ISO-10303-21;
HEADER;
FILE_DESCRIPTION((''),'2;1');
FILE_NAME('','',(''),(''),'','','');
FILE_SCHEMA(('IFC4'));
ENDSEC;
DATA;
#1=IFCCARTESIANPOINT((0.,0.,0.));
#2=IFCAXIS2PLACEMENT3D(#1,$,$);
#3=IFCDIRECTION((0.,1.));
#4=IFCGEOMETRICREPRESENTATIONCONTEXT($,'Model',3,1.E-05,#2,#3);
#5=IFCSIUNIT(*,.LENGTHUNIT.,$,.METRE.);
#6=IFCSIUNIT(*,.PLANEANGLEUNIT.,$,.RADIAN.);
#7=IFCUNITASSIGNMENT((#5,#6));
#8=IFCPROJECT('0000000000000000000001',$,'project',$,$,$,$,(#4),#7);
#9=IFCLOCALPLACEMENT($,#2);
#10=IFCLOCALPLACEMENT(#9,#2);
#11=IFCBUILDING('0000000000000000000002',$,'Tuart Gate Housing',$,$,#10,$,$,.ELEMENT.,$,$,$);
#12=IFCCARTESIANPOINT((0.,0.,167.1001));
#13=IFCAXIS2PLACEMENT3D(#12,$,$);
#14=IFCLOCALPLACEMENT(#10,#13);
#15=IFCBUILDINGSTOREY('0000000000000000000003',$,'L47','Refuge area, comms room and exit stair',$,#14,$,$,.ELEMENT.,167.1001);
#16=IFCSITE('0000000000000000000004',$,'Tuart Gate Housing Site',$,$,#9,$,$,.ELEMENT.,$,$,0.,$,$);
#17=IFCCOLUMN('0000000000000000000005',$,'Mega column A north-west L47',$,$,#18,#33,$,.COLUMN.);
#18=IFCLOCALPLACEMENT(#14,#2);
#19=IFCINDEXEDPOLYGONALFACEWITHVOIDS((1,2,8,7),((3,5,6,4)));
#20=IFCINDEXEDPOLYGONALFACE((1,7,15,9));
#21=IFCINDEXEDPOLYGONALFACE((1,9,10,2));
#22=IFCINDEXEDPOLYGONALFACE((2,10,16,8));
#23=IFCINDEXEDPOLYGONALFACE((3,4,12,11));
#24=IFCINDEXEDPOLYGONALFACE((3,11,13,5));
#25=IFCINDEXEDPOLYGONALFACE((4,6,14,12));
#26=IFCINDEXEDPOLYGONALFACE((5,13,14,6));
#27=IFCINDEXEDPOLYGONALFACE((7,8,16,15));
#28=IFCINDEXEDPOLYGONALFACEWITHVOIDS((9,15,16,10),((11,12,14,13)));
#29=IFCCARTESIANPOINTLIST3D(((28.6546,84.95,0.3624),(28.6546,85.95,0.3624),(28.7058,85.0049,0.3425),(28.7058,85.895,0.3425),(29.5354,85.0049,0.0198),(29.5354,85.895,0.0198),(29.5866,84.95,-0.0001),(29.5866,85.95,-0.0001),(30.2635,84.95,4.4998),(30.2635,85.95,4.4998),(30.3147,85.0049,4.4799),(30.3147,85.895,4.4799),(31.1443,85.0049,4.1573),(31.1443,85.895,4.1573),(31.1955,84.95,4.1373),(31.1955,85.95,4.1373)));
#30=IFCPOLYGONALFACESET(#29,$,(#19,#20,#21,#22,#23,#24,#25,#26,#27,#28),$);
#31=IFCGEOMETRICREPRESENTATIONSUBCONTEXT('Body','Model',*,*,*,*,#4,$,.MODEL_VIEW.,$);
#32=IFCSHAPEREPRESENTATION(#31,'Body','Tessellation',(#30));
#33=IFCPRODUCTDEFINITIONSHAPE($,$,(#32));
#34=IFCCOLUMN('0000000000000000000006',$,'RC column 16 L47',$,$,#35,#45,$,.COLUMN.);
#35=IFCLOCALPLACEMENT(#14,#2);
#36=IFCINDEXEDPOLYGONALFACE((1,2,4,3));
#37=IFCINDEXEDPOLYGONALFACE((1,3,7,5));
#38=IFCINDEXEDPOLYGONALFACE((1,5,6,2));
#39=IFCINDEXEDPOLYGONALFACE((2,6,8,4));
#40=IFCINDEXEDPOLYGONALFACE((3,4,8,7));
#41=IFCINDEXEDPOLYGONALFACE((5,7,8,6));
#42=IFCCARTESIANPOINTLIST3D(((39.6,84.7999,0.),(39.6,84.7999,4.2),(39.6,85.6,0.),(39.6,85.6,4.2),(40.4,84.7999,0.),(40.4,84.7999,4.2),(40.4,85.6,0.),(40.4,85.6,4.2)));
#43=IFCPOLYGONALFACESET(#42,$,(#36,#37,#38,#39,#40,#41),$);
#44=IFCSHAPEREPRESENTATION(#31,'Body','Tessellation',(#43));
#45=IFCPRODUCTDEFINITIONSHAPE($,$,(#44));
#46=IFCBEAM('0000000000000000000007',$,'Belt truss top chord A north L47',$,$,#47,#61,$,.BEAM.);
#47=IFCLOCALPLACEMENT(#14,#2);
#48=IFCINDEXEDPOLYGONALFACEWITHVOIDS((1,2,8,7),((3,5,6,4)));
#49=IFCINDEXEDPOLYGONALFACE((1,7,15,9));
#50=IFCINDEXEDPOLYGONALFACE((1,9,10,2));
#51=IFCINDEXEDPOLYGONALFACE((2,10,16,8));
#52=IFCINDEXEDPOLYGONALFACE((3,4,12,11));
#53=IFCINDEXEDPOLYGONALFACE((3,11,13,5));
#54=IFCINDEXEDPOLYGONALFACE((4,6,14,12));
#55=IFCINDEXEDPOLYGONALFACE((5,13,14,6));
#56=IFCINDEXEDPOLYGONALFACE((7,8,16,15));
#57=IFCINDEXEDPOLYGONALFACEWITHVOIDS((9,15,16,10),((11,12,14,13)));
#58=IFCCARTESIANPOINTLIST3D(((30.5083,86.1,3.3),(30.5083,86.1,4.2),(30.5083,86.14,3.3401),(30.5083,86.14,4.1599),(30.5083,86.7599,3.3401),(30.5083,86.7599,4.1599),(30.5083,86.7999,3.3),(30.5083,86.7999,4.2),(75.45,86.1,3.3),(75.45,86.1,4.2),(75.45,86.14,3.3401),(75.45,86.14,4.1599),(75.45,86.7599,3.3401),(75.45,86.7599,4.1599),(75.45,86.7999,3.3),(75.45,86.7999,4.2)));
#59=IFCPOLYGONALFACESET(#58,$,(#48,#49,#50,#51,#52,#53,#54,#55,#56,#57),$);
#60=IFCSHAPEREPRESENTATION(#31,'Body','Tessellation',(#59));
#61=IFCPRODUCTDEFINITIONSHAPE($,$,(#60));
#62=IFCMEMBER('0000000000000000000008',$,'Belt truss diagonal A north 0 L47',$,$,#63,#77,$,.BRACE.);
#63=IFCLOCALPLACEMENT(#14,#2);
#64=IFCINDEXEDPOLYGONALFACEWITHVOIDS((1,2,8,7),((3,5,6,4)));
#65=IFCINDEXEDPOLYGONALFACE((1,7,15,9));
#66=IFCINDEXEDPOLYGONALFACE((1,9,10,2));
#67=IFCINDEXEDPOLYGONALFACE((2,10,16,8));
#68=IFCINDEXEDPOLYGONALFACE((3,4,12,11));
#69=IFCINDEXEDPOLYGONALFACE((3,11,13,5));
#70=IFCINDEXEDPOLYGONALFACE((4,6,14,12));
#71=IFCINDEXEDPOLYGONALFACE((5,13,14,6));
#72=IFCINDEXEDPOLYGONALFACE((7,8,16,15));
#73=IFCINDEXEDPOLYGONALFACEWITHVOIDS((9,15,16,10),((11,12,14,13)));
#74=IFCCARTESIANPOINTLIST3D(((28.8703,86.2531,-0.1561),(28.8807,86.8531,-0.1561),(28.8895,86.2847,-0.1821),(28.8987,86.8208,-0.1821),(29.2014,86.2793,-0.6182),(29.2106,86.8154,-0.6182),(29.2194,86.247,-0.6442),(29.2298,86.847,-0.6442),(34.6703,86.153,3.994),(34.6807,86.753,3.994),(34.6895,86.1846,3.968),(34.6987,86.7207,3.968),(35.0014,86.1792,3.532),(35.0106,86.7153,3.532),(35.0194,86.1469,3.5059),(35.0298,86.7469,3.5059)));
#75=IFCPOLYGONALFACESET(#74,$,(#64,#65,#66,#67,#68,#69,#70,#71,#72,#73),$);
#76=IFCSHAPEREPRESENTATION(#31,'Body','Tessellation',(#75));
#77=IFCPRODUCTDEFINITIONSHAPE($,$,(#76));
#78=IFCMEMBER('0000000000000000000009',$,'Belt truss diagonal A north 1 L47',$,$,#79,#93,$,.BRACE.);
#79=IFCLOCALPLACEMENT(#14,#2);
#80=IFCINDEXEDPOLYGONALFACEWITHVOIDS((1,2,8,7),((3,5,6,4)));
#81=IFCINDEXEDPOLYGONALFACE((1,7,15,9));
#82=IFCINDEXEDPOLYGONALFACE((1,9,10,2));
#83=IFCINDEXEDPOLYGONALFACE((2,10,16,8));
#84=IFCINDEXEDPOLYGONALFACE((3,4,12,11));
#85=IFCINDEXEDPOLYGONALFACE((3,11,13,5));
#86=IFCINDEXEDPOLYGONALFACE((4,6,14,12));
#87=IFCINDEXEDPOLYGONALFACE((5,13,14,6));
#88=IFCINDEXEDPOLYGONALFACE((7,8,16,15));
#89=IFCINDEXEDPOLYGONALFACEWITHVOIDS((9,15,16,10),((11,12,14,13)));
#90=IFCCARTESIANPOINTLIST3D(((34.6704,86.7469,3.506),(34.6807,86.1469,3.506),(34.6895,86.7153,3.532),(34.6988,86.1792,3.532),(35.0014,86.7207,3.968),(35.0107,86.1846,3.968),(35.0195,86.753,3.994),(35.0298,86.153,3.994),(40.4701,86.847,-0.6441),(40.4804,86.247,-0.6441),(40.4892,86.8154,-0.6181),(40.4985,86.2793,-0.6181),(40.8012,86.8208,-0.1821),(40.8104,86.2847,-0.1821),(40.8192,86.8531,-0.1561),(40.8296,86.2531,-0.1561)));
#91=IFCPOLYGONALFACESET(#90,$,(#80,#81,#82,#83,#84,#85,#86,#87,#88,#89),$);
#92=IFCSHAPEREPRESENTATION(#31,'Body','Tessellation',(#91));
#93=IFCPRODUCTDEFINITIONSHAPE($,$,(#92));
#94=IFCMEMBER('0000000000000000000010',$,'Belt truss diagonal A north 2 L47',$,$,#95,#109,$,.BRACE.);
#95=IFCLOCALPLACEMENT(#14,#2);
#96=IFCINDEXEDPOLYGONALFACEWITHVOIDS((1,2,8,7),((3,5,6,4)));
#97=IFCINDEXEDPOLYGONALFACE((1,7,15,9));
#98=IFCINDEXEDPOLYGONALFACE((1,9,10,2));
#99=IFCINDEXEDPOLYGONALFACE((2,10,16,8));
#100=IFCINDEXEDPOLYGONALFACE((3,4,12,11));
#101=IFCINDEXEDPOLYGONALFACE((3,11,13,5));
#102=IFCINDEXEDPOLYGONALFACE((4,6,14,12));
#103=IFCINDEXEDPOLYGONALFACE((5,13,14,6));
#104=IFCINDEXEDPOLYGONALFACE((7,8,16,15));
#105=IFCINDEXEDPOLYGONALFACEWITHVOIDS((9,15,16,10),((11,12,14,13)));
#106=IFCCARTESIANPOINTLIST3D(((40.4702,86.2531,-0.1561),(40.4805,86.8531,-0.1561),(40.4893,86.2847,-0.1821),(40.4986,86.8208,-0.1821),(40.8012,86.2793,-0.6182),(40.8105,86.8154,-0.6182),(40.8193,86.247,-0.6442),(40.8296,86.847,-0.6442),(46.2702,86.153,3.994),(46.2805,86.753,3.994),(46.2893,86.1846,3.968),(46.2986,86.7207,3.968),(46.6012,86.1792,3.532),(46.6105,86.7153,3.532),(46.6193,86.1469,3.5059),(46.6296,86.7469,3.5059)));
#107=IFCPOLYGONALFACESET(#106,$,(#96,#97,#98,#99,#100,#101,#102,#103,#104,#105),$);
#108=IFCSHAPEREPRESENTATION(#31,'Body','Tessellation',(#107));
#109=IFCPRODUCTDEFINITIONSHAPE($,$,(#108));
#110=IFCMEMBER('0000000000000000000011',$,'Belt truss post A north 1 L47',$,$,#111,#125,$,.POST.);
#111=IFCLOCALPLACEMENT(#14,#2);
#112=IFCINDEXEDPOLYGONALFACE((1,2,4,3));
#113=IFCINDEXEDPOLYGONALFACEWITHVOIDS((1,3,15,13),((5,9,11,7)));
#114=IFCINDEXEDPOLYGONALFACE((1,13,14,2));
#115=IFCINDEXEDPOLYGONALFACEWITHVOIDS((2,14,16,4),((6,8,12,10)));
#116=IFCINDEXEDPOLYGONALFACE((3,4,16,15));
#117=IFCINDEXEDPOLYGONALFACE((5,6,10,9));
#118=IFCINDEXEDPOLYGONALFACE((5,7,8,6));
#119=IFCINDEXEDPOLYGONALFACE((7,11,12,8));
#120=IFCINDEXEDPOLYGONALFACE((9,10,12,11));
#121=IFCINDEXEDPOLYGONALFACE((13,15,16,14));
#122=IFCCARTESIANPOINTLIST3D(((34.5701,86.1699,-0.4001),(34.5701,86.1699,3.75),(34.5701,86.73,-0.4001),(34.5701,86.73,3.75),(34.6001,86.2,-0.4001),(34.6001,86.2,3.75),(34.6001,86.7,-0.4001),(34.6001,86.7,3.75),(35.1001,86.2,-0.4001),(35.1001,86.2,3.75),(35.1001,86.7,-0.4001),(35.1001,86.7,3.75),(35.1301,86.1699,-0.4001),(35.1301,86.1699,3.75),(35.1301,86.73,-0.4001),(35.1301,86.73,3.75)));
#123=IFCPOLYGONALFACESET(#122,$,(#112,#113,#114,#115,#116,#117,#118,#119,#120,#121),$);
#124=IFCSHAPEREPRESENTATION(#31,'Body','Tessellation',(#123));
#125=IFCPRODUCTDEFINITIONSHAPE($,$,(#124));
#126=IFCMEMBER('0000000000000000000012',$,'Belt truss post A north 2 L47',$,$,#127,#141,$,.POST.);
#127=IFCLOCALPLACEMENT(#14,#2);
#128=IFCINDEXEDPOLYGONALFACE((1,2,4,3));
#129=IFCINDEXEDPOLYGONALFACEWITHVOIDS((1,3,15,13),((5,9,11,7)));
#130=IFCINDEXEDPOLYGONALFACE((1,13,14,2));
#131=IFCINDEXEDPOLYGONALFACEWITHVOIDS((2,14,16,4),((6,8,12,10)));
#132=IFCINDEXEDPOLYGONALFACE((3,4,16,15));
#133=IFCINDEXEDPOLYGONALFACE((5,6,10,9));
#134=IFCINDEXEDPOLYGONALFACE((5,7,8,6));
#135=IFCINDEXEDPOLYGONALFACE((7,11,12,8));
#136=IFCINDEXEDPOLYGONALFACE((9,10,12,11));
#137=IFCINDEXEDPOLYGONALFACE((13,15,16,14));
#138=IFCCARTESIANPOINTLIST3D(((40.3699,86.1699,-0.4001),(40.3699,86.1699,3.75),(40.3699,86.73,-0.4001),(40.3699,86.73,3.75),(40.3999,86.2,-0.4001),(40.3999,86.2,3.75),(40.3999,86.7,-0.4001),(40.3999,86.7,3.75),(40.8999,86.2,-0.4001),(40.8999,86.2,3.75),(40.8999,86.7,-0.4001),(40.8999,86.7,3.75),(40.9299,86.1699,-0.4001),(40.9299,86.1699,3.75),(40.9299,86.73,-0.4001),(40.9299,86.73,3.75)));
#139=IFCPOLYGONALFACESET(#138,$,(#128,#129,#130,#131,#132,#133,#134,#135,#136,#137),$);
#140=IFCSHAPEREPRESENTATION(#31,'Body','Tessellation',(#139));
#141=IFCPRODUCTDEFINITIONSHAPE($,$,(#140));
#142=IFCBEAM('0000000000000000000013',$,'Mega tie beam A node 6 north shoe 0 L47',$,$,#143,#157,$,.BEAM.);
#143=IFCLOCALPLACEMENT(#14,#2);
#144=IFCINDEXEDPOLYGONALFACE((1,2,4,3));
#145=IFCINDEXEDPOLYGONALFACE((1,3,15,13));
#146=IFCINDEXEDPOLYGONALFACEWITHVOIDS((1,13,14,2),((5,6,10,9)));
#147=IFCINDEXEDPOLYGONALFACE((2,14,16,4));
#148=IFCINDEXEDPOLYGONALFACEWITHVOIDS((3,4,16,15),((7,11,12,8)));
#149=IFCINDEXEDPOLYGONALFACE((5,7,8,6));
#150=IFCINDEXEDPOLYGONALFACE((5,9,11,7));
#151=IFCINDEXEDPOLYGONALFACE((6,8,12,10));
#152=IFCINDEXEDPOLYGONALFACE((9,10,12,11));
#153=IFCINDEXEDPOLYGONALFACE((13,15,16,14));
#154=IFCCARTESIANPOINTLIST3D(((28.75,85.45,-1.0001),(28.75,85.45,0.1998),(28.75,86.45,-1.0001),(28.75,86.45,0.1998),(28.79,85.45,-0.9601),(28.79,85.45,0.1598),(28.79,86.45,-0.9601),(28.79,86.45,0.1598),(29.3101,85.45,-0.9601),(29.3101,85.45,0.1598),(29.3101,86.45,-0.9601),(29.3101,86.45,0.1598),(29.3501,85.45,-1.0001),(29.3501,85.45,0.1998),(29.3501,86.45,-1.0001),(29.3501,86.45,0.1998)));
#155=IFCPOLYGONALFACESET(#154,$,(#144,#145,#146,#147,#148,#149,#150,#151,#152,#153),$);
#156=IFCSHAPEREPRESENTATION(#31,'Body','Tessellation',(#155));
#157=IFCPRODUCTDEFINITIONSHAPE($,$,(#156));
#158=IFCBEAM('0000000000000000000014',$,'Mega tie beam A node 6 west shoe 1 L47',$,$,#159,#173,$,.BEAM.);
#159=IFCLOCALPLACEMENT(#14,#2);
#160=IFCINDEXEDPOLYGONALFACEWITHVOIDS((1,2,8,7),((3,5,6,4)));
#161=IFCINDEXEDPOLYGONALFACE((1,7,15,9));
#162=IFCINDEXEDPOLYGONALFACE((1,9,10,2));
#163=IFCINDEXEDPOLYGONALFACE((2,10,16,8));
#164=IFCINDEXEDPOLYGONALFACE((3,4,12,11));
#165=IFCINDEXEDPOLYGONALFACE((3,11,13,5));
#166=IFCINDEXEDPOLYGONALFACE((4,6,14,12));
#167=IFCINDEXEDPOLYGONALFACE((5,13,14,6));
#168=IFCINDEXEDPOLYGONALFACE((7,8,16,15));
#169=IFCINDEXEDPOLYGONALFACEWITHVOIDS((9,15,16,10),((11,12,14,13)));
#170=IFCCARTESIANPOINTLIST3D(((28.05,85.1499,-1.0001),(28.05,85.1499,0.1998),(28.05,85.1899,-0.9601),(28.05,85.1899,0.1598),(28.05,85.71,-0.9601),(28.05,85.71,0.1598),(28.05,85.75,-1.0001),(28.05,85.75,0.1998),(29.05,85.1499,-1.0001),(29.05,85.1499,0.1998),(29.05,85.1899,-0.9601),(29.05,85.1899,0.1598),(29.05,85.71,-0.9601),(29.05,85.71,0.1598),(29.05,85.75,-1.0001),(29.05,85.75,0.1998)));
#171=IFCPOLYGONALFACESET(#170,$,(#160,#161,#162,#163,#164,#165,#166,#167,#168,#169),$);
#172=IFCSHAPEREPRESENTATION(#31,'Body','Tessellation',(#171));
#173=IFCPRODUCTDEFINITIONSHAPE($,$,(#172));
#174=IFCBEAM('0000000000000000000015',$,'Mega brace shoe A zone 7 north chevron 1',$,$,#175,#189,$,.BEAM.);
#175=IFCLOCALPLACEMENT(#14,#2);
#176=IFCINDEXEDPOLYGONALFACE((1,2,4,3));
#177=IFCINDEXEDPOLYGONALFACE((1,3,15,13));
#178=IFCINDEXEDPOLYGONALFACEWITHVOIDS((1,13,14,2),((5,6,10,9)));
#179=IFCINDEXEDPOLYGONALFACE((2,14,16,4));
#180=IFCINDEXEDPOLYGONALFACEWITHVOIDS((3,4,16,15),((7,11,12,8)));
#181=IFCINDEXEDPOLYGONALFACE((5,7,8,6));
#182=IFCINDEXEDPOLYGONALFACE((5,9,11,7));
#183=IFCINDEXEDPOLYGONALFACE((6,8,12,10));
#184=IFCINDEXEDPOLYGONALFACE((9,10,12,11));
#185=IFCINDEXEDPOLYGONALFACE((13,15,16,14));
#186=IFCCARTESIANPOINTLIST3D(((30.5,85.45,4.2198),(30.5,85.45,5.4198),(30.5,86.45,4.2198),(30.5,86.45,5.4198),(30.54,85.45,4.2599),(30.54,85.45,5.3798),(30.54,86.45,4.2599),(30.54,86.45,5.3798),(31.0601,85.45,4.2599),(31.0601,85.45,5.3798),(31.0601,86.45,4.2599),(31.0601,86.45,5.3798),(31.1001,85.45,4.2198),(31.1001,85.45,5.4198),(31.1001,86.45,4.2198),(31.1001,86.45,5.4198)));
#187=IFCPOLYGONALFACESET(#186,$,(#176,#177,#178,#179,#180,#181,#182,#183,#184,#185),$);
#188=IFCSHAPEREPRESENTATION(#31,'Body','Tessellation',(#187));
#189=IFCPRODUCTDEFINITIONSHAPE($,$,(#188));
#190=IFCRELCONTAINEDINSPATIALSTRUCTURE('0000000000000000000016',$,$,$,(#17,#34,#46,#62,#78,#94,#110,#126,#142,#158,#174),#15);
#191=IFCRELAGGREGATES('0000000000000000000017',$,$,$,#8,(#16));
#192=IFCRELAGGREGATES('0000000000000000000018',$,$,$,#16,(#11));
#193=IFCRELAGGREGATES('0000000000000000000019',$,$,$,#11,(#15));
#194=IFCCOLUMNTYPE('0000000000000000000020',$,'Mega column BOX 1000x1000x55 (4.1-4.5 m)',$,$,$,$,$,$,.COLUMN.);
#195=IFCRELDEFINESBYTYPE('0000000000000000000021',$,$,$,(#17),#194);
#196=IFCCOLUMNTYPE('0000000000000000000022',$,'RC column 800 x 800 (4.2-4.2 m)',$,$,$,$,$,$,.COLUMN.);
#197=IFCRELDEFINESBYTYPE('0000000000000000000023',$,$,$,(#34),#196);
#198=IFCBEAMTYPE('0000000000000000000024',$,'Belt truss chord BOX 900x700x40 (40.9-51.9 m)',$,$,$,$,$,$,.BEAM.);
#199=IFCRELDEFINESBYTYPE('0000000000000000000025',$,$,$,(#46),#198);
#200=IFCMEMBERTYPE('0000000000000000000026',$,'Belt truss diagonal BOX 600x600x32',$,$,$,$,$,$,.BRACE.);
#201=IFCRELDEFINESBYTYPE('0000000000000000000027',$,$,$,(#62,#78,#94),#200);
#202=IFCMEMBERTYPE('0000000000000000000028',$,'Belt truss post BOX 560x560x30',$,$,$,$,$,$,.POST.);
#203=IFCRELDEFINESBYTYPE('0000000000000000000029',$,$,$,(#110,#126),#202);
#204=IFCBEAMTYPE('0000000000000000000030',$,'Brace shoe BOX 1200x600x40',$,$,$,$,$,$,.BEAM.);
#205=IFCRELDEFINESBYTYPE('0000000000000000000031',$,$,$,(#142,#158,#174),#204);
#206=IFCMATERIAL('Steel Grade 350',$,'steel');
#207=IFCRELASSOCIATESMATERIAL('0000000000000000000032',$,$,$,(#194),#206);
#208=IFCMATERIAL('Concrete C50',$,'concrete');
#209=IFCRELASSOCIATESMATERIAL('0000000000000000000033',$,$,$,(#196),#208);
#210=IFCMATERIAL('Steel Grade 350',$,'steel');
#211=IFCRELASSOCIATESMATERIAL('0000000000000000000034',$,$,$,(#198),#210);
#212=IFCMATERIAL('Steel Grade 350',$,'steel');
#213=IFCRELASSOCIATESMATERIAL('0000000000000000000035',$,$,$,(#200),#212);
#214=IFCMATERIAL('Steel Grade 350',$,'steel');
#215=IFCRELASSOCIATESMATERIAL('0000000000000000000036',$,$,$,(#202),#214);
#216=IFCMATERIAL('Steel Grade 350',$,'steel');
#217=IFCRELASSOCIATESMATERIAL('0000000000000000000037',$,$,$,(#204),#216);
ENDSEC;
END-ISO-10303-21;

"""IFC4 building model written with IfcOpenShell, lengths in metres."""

from ifc_helpers import new_model, si_unit, direction, frame, origin, origin_2d, place, context, subcontext, project, spatial, rectangle, hollow_rectangle, extrude, material, material_profile, profile_set, type_object, element, save


model = new_model("IFC4")

# Units and contexts
model_context = context("Model", 3, precision=1e-05, world=origin(), true_north=direction((0.0, 1.0)))
body_context = subcontext(model_context, "Body", "Model", "MODEL_VIEW")
ifc_project = project(units=[si_unit("LENGTHUNIT", "METRE"), si_unit("PLANEANGLEUNIT", "RADIAN")], contexts=[model_context])

# Site, building, storey
site_placement = place(None, origin())
site = spatial("IfcSite", under=ifc_project, at=site_placement, Name="Tuart Gate Housing Site", CompositionType="ELEMENT", RefElevation=0.0)
building_placement = place(site_placement, origin())
building = spatial("IfcBuilding", under=site, at=building_placement, Name="Tuart Gate Housing", CompositionType="ELEMENT")
storey_placement = place(building_placement, frame((0.0, 0.0, 167.1001)))
storey = spatial("IfcBuildingStorey", under=building, at=storey_placement, Name="L47", Description="Refuge area, comms room and exit stair", CompositionType="ELEMENT", Elevation=167.1001)

# Columns
ifc_material_1 = material(Name="Steel Grade 350", Category="steel")
ifc_material_profile_1 = material_profile(ifc_material_1, hollow_rectangle(XDim=1.0, YDim=1.0, WallThickness=0.0549, at=origin_2d()), Name="BOX 1000x1000x55")
ifc_profile_set_1 = profile_set([ifc_material_profile_1], Name="Steel Grade 350")
column_type_1 = type_object("IfcColumnType", Name="Mega column BOX 1000x1000x55 (4.1-4.5 m)", PredefinedType="COLUMN", material=ifc_profile_set_1)
column_1_placement = place(storey_placement, frame((29.1206, 85.45, 0.1812), z_axis=(0.362422, 0.0, 0.932014), x_axis=(0.0, 1.0, 0.0)))
element("IfcColumn", 1, at=column_1_placement, inside=storey, type_object=column_type_1, Name="Mega column A north-west L47", PredefinedType="COLUMN", context=body_context, shape_type="SweptSolid", body=[
    extrude(hollow_rectangle(XDim=1.0, YDim=1.0, WallThickness=0.0549, at=origin_2d()), origin(), (0.0, 0.0, 1.0), 4.4392),
])
ifc_material_2 = material(Name="Concrete C50", Category="concrete")
ifc_material_profile_2 = material_profile(ifc_material_2, rectangle(XDim=0.8, YDim=0.8, at=origin_2d()), Name="RC column 800 x 800 (4.2-4.2 m)")
ifc_profile_set_2 = profile_set([ifc_material_profile_2], Name="Concrete C50")
column_type_2 = type_object("IfcColumnType", Name="RC column 800 x 800 (4.2-4.2 m)", PredefinedType="COLUMN", material=ifc_profile_set_2)
column_2_placement = place(storey_placement, frame((40.0, 85.2, 0.0), z_axis=(0.0, 0.0, 1.0), x_axis=(1.0, 0.0, 0.0)))
element("IfcColumn", 2, at=column_2_placement, inside=storey, type_object=column_type_2, Name="RC column 16 L47", PredefinedType="COLUMN", context=body_context, shape_type="SweptSolid", body=[
    extrude(rectangle(XDim=0.8, YDim=0.8, at=origin_2d()), origin(), (0.0, 0.0, 1.0), 4.2),
])

# Beam
ifc_material_3 = material(Name="Steel Grade 350", Category="steel")
ifc_material_profile_3 = material_profile(ifc_material_3, hollow_rectangle(XDim=0.7, YDim=0.8999, WallThickness=0.04, at=origin_2d()), Name="BOX 900x700x40")
ifc_profile_set_3 = profile_set([ifc_material_profile_3], Name="Steel Grade 350")
beam_type_1 = type_object("IfcBeamType", Name="Belt truss chord BOX 900x700x40 (40.9-51.9 m)", PredefinedType="BEAM", material=ifc_profile_set_3)
beam_1_placement = place(storey_placement, frame((30.5083, 86.45, 3.75), z_axis=(1.0, 0.0, 0.0), x_axis=(0.0, 1.0, 0.0)))
element("IfcBeam", 3, at=beam_1_placement, inside=storey, type_object=beam_type_1, Name="Belt truss top chord A north L47", PredefinedType="BEAM", context=body_context, shape_type="SweptSolid", body=[
    extrude(hollow_rectangle(XDim=0.7, YDim=0.8999, WallThickness=0.04, at=origin_2d()), origin(), (0.0, 0.0, 1.0), 44.9417),
])

# Members
ifc_material_4 = material(Name="Steel Grade 350", Category="steel")
ifc_material_profile_4 = material_profile(ifc_material_4, hollow_rectangle(XDim=0.6001, YDim=0.6001, WallThickness=0.032, at=origin_2d()), Name="BOX 600x600x32")
ifc_profile_set_4 = profile_set([ifc_material_profile_4], Name="Steel Grade 350")
member_type_1 = type_object("IfcMemberType", Name="Belt truss diagonal BOX 600x600x32", PredefinedType="BRACE", material=ifc_profile_set_4)
member_1_placement = place(storey_placement, frame((29.05, 86.55, -0.4001), z_axis=(0.813172, -0.014034, 0.581854), x_axis=(0.017256, 0.999851, 0.0)))
element("IfcMember", 4, at=member_1_placement, inside=storey, type_object=member_type_1, Name="Belt truss diagonal A north 0 L47", PredefinedType="BRACE", context=body_context, shape_type="SweptSolid", body=[
    extrude(hollow_rectangle(XDim=0.6001, YDim=0.6001, WallThickness=0.032, at=origin_2d()), origin(), (0.0, 0.0, 1.0), 7.1326),
])
member_2_placement = place(storey_placement, frame((34.8501, 86.45, 3.75), z_axis=(0.81316, 0.014034, -0.58187), x_axis=(-0.017256, 0.999851, 0.0)))
element("IfcMember", 5, at=member_2_placement, inside=storey, type_object=member_type_1, Name="Belt truss diagonal A north 1 L47", PredefinedType="BRACE", context=body_context, shape_type="SweptSolid", body=[
    extrude(hollow_rectangle(XDim=0.6001, YDim=0.6001, WallThickness=0.032, at=origin_2d()), origin(), (0.0, 0.0, 1.0), 7.1323),
])
member_3_placement = place(storey_placement, frame((40.6499, 86.55, -0.4001), z_axis=(0.813172, -0.014034, 0.581854), x_axis=(0.017256, 0.999851, 0.0)))
element("IfcMember", 6, at=member_3_placement, inside=storey, type_object=member_type_1, Name="Belt truss diagonal A north 2 L47", PredefinedType="BRACE", context=body_context, shape_type="SweptSolid", body=[
    extrude(hollow_rectangle(XDim=0.6001, YDim=0.6001, WallThickness=0.032, at=origin_2d()), origin(), (0.0, 0.0, 1.0), 7.1326),
])
ifc_material_5 = material(Name="Steel Grade 350", Category="steel")
ifc_material_profile_5 = material_profile(ifc_material_5, hollow_rectangle(XDim=0.5601, YDim=0.5601, WallThickness=0.03, at=origin_2d()), Name="BOX 560x560x30")
ifc_profile_set_5 = profile_set([ifc_material_profile_5], Name="Steel Grade 350")
member_type_2 = type_object("IfcMemberType", Name="Belt truss post BOX 560x560x30", PredefinedType="POST", material=ifc_profile_set_5)
for number, where, z_axis, x_axis, name in (
    (7, (34.8501, 86.45, -0.4001), (0.0, 0.0, 1.0), (1.0, 0.0, 0.0), "Belt truss post A north 1 L47"),
    (8, (40.6499, 86.45, -0.4001), (0.0, 0.0, 1.0), (1.0, 0.0, 0.0), "Belt truss post A north 2 L47"),
):
    element("IfcMember", number, at=place(storey_placement, frame(where, z_axis=z_axis, x_axis=x_axis)), inside=storey, type_object=member_type_2, Name=name, PredefinedType="POST", context=body_context, shape_type="SweptSolid", body=[
        extrude(hollow_rectangle(XDim=0.5601, YDim=0.5601, WallThickness=0.03, at=origin_2d()), origin(), (0.0, 0.0, 1.0), 4.1501),
    ])

# Beams
ifc_material_6 = material(Name="Steel Grade 350", Category="steel")
ifc_material_profile_6 = material_profile(ifc_material_6, hollow_rectangle(XDim=0.6001, YDim=1.2, WallThickness=0.04, at=origin_2d()), Name="BOX 1200x600x40")
ifc_profile_set_6 = profile_set([ifc_material_profile_6], Name="Steel Grade 350")
beam_type_2 = type_object("IfcBeamType", Name="Brace shoe BOX 1200x600x40", PredefinedType="BEAM", material=ifc_profile_set_6)
for number, where, z_axis, x_axis, name in (
    (9, (29.05, 85.45, -0.4001), (0.0, 1.0, 0.0), (-1.0, 0.0, 0.0), "Mega tie beam A node 6 north shoe 0 L47"),
    (10, (29.05, 85.45, -0.4001), (-1.0, 0.0, 0.0), (0.0, -1.0, 0.0), "Mega tie beam A node 6 west shoe 1 L47"),
    (11, (30.8, 85.45, 4.8198), (0.0, 1.0, 0.0), (-1.0, 0.0, 0.0), "Mega brace shoe A zone 7 north chevron 1"),
):
    element("IfcBeam", number, at=place(storey_placement, frame(where, z_axis=z_axis, x_axis=x_axis)), inside=storey, type_object=beam_type_2, Name=name, PredefinedType="BEAM", context=body_context, shape_type="SweptSolid", body=[
        extrude(hollow_rectangle(XDim=0.6001, YDim=1.2, WallThickness=0.04, at=origin_2d()), origin(), (0.0, 0.0, 1.0), 1.0),
    ])

save(model, "model.ifc")
